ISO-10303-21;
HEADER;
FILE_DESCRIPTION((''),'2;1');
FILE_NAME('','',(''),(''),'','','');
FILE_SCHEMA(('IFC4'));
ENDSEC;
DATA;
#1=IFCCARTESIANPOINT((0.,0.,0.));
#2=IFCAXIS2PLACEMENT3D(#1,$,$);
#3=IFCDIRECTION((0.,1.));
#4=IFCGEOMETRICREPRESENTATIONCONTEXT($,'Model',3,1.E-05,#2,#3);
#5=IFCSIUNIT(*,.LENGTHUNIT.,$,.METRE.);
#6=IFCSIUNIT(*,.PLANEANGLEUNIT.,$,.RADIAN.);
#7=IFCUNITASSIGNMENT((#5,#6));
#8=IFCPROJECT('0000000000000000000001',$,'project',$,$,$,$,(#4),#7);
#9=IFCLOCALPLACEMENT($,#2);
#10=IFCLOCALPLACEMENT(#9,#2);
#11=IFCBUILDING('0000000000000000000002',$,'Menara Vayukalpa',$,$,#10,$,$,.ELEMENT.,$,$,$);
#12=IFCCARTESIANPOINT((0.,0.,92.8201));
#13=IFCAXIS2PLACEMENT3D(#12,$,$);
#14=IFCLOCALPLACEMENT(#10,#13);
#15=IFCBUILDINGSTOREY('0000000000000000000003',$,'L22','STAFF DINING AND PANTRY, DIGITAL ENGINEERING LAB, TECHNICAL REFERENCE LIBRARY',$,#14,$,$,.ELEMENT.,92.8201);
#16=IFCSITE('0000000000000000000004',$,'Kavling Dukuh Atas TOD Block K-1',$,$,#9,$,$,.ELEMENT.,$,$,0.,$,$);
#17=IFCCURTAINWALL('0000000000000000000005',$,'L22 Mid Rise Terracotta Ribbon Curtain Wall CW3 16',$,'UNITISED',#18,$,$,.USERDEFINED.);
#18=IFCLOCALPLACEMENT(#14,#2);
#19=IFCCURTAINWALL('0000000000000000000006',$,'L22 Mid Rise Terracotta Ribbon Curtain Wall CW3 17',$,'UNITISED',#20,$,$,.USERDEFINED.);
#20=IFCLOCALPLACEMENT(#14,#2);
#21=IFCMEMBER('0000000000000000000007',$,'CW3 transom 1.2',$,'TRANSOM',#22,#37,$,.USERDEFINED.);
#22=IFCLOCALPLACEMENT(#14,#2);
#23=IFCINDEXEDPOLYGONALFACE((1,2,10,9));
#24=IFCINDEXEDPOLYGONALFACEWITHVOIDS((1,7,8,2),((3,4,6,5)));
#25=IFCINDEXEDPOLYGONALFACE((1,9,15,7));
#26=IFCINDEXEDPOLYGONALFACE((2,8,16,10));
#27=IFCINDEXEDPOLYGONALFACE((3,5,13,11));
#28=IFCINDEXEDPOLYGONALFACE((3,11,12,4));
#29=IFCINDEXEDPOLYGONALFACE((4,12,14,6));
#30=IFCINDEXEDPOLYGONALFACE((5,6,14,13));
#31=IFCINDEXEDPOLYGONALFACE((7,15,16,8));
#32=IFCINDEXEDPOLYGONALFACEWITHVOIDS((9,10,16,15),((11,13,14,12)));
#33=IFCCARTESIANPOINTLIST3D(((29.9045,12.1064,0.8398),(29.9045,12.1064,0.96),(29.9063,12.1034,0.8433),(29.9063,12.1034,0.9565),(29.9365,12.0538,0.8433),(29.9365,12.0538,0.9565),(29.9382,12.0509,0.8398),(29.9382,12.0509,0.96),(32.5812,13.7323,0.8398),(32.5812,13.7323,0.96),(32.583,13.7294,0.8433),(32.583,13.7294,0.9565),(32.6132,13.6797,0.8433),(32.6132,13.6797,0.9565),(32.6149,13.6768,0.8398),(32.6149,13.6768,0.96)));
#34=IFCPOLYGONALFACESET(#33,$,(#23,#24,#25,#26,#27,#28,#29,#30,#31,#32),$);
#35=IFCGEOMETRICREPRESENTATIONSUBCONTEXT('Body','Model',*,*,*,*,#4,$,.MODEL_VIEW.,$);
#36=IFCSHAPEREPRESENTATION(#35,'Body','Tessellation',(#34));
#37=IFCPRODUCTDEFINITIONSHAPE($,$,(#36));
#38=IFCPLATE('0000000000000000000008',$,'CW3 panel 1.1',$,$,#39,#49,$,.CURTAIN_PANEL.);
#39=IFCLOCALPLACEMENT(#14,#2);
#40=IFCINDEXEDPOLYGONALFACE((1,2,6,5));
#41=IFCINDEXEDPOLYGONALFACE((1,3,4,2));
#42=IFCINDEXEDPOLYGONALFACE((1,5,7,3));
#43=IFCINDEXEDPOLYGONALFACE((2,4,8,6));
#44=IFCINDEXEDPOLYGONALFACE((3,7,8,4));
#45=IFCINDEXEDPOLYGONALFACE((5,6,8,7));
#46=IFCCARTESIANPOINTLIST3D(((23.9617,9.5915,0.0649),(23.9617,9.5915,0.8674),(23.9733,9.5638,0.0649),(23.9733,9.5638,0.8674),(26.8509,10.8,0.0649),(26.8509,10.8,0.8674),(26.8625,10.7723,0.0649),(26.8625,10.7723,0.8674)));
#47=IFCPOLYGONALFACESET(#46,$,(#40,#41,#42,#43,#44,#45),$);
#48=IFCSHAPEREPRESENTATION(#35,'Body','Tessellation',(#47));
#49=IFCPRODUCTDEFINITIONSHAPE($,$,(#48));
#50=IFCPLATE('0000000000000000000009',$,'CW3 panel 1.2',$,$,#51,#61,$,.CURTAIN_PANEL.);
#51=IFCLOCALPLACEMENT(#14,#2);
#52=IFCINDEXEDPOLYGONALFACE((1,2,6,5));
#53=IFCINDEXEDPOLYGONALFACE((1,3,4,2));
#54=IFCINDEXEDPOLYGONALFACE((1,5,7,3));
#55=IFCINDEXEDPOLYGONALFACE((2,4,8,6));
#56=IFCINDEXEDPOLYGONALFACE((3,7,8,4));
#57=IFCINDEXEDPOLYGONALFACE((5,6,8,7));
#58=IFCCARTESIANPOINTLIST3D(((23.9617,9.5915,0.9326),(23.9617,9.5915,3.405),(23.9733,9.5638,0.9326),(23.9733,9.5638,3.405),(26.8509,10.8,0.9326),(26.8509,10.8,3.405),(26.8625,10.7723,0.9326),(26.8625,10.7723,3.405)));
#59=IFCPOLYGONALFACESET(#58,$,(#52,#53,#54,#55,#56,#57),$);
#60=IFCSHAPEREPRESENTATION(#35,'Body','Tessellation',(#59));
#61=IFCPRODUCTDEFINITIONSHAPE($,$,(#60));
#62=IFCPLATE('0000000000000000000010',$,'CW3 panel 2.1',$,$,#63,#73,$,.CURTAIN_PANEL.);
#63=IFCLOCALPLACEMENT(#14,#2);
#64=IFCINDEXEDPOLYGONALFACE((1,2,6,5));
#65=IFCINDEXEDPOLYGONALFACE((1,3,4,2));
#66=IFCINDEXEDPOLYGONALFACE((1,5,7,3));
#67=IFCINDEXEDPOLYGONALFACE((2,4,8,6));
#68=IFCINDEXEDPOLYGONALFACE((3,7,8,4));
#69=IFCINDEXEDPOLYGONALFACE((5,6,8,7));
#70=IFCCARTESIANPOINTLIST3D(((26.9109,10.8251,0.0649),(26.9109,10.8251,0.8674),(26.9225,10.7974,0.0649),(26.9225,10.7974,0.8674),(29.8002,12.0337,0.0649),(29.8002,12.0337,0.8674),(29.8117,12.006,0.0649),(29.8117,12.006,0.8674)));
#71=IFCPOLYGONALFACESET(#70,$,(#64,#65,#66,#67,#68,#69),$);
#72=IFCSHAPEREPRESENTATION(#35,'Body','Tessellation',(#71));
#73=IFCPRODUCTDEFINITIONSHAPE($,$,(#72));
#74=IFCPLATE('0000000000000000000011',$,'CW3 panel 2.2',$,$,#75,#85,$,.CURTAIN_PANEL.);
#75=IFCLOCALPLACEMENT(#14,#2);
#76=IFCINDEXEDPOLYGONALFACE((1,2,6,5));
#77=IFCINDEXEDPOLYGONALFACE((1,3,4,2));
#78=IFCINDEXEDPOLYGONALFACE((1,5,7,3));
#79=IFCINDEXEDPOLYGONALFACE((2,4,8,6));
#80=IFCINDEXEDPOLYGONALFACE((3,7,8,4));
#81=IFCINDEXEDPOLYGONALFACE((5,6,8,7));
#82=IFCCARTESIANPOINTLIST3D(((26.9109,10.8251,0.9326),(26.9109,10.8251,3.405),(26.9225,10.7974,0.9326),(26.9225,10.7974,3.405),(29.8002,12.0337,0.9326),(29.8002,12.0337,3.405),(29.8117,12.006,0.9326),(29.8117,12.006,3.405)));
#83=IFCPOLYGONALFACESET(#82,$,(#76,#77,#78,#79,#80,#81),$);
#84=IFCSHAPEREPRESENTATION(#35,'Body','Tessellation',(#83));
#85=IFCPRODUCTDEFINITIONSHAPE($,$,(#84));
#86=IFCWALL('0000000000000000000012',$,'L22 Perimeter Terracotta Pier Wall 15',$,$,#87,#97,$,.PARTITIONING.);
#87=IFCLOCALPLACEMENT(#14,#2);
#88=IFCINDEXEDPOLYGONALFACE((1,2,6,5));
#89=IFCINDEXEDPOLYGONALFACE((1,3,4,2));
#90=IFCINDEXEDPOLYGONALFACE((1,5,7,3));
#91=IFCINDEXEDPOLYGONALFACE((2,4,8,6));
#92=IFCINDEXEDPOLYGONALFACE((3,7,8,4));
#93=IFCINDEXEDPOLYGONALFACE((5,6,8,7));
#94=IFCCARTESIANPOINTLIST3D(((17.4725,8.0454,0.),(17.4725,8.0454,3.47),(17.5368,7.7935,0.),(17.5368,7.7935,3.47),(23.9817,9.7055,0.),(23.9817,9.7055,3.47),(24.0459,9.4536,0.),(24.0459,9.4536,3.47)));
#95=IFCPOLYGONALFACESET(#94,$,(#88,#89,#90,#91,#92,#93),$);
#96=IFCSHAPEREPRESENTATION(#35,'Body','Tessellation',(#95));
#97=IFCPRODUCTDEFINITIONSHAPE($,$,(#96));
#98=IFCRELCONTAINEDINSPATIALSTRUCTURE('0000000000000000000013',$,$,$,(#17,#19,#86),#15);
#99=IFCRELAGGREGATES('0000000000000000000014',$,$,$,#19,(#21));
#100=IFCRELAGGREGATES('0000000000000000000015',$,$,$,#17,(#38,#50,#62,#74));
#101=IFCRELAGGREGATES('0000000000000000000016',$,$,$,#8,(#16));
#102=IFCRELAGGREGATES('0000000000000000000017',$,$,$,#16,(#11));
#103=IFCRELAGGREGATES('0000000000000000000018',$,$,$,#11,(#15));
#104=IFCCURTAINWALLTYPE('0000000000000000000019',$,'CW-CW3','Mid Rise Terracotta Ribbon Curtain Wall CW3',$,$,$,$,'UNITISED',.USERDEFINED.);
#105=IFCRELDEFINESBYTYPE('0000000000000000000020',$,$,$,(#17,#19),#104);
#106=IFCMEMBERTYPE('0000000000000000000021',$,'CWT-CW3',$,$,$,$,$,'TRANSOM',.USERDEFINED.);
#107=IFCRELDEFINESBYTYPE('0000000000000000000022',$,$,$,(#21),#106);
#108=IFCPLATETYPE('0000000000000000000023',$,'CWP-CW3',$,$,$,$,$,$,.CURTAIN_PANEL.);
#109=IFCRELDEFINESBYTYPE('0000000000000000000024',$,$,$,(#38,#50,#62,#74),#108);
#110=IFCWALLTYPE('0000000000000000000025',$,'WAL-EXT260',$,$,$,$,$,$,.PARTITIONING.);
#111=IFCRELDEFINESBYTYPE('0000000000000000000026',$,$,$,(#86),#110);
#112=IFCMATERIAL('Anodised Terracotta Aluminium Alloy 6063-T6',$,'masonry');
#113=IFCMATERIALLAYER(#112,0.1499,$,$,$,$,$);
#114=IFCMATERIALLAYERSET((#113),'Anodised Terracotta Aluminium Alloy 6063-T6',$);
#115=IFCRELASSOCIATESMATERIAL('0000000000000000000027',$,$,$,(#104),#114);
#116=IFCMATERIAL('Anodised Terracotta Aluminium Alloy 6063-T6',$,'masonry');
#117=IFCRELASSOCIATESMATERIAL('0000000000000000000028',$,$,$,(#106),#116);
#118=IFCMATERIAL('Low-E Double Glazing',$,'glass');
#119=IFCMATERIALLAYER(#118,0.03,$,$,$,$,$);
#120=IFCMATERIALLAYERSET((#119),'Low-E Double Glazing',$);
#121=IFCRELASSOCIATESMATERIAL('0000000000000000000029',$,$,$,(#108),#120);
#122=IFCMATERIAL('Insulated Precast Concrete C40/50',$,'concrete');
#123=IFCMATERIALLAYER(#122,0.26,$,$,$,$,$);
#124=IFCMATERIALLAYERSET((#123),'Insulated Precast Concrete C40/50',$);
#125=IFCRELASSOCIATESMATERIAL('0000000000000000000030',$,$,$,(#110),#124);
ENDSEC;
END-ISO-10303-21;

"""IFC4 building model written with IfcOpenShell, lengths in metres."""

from ifc_helpers import new_model, si_unit, direction, frame, frame_2d, origin, origin_2d, place, context, subcontext, project, spatial, rectangle, hollow_rectangle, extrude, material, layer, layer_set, material_profile, profile_set, type_object, element, aggregate, save


model = new_model("IFC4")

# Units and contexts
model_context = context("Model", 3, precision=1e-05, world=origin(), true_north=direction((0.0, 1.0)))
body_context = subcontext(model_context, "Body", "Model", "MODEL_VIEW")
ifc_project = project(units=[si_unit("LENGTHUNIT", "METRE"), si_unit("PLANEANGLEUNIT", "RADIAN")], contexts=[model_context])

# Site, building, storey
site_placement = place(None, origin())
site = spatial("IfcSite", under=ifc_project, at=site_placement, Name="Kavling Dukuh Atas TOD Block K-1", CompositionType="ELEMENT", RefElevation=0.0)
building_placement = place(site_placement, origin())
building = spatial("IfcBuilding", under=site, at=building_placement, Name="Menara Vayukalpa", CompositionType="ELEMENT")
storey_placement = place(building_placement, frame((0.0, 0.0, 92.8201)))
storey = spatial("IfcBuildingStorey", under=building, at=storey_placement, Name="L22", Description="STAFF DINING AND PANTRY, DIGITAL ENGINEERING LAB, TECHNICAL REFERENCE LIBRARY", CompositionType="ELEMENT", Elevation=92.8201)

# Curtain wall
ifc_material_1 = material(Name="Anodised Terracotta Aluminium Alloy 6063-T6", Category="masonry")
ifc_layer_1 = layer(ifc_material_1, 0.1499)
ifc_layer_set_1 = layer_set([ifc_layer_1], Name="Anodised Terracotta Aluminium Alloy 6063-T6")
curtain_wall_type = type_object("IfcCurtainWallType", Name="CW-CW3", Description="Mid Rise Terracotta Ribbon Curtain Wall CW3", ElementType="UNITISED", PredefinedType="USERDEFINED", material=ifc_layer_set_1)
curtain_wall_1_placement = place(storey_placement, origin())
curtain_wall_1 = element("IfcCurtainWall", 1, at=curtain_wall_1_placement, inside=storey, type_object=curtain_wall_type, Name="L22 Mid Rise Terracotta Ribbon Curtain Wall CW3 16", ObjectType="UNITISED", PredefinedType="USERDEFINED")

# Curtain wall
curtain_wall_2_placement = place(storey_placement, origin())
curtain_wall_2 = element("IfcCurtainWall", 2, at=curtain_wall_2_placement, inside=storey, type_object=curtain_wall_type, Name="L22 Mid Rise Terracotta Ribbon Curtain Wall CW3 17", ObjectType="UNITISED", PredefinedType="USERDEFINED")

# Member
ifc_material_2 = material(Name="Anodised Terracotta Aluminium Alloy 6063-T6", Category="masonry")
ifc_material_profile_1 = material_profile(ifc_material_2, hollow_rectangle(XDim=0.0649, YDim=0.1201, WallThickness=0.0034, at=origin_2d()), Name="ALU 65x120x3.5")
ifc_profile_set_1 = profile_set([ifc_material_profile_1], Name="Anodised Terracotta Aluminium Alloy 6063-T6")
member_type_1 = type_object("IfcMemberType", Name="CWT-CW3", ElementType="TRANSOM", PredefinedType="USERDEFINED", material=ifc_profile_set_1)
member_1_placement = place(storey_placement, frame((29.9214, 12.0786, 0.8999), z_axis=(0.854674, 0.519165, 0.0), x_axis=(-0.519165, 0.854674, 0.0)))
member_1 = element("IfcMember", 3, at=member_1_placement, type_object=member_type_1, Name="CW3 transom 1.2", ObjectType="TRANSOM", PredefinedType="USERDEFINED", context=body_context, shape_type="SweptSolid", body=[
    extrude(hollow_rectangle(XDim=0.0649, YDim=0.1201, WallThickness=0.0034, at=origin_2d()), origin(), (0.0, 0.0, 1.0), 3.1318),
])
aggregate(curtain_wall_2, [member_1])

# Plates
ifc_material_3 = material(Name="Low-E Double Glazing", Category="glass")
ifc_layer_2 = layer(ifc_material_3, 0.03)
ifc_layer_set_2 = layer_set([ifc_layer_2], Name="Low-E Double Glazing")
plate_type = type_object("IfcPlateType", Name="CWP-CW3", PredefinedType="CURTAIN_PANEL", material=ifc_layer_set_2)
plate_1_placement = place(storey_placement, frame((25.4121, 10.1819, 0.0649), z_axis=(0.0, 0.0, 1.0), x_axis=(0.922543, 0.385894, 0.0)))
plate_1 = element("IfcPlate", 4, at=plate_1_placement, type_object=plate_type, Name="CW3 panel 1.1", PredefinedType="CURTAIN_PANEL", context=body_context, shape_type="SweptSolid", body=[
    extrude(rectangle(XDim=3.1318, YDim=0.03, at=origin_2d()), origin(), (0.0, 0.0, 1.0), 0.8025),
])
plate_2_placement = place(storey_placement, frame((25.4121, 10.1819, 0.9326), z_axis=(0.0, 0.0, 1.0), x_axis=(0.922543, 0.385894, 0.0)))
plate_2 = element("IfcPlate", 5, at=plate_2_placement, type_object=plate_type, Name="CW3 panel 1.2", PredefinedType="CURTAIN_PANEL", context=body_context, shape_type="SweptSolid", body=[
    extrude(rectangle(XDim=3.1318, YDim=0.03, at=origin_2d()), origin(), (0.0, 0.0, 1.0), 2.4724),
])
plate_3_placement = place(storey_placement, frame((28.3613, 11.4155, 0.0649), z_axis=(0.0, 0.0, 1.0), x_axis=(0.922543, 0.385894, 0.0)))
plate_3 = element("IfcPlate", 6, at=plate_3_placement, type_object=plate_type, Name="CW3 panel 2.1", PredefinedType="CURTAIN_PANEL", context=body_context, shape_type="SweptSolid", body=[
    extrude(rectangle(XDim=3.1318, YDim=0.03, at=origin_2d()), origin(), (0.0, 0.0, 1.0), 0.8025),
])
plate_4_placement = place(storey_placement, frame((28.3613, 11.4155, 0.9326), z_axis=(0.0, 0.0, 1.0), x_axis=(0.922543, 0.385894, 0.0)))
plate_4 = element("IfcPlate", 7, at=plate_4_placement, type_object=plate_type, Name="CW3 panel 2.2", PredefinedType="CURTAIN_PANEL", context=body_context, shape_type="SweptSolid", body=[
    extrude(rectangle(XDim=3.1318, YDim=0.03, at=origin_2d()), origin(), (0.0, 0.0, 1.0), 2.4724),
])
aggregate(curtain_wall_1, [plate_1, plate_2, plate_3, plate_4])

# Wall
ifc_material_4 = material(Name="Insulated Precast Concrete C40/50", Category="concrete")
ifc_layer_3 = layer(ifc_material_4, 0.26)
ifc_layer_set_3 = layer_set([ifc_layer_3], Name="Insulated Precast Concrete C40/50")
wall_type = type_object("IfcWallType", Name="WAL-EXT260", PredefinedType="PARTITIONING", material=ifc_layer_set_3)
wall_placement = place(storey_placement, frame((24.0139, 9.5796, 0.0), z_axis=(0.0, 0.0, 1.0), x_axis=(-0.968981, -0.247134, 0.0)))
element("IfcWall", 8, at=wall_placement, inside=storey, type_object=wall_type, Name="L22 Perimeter Terracotta Pier Wall 15", PredefinedType="PARTITIONING", context=body_context, shape_type="SweptSolid", body=[
    extrude(rectangle(XDim=6.7175, YDim=0.26, at=frame_2d((3.3589, 0.0))), origin(), (0.0, 0.0, 1.0), 3.47),
])

save(model, "model.ifc")
